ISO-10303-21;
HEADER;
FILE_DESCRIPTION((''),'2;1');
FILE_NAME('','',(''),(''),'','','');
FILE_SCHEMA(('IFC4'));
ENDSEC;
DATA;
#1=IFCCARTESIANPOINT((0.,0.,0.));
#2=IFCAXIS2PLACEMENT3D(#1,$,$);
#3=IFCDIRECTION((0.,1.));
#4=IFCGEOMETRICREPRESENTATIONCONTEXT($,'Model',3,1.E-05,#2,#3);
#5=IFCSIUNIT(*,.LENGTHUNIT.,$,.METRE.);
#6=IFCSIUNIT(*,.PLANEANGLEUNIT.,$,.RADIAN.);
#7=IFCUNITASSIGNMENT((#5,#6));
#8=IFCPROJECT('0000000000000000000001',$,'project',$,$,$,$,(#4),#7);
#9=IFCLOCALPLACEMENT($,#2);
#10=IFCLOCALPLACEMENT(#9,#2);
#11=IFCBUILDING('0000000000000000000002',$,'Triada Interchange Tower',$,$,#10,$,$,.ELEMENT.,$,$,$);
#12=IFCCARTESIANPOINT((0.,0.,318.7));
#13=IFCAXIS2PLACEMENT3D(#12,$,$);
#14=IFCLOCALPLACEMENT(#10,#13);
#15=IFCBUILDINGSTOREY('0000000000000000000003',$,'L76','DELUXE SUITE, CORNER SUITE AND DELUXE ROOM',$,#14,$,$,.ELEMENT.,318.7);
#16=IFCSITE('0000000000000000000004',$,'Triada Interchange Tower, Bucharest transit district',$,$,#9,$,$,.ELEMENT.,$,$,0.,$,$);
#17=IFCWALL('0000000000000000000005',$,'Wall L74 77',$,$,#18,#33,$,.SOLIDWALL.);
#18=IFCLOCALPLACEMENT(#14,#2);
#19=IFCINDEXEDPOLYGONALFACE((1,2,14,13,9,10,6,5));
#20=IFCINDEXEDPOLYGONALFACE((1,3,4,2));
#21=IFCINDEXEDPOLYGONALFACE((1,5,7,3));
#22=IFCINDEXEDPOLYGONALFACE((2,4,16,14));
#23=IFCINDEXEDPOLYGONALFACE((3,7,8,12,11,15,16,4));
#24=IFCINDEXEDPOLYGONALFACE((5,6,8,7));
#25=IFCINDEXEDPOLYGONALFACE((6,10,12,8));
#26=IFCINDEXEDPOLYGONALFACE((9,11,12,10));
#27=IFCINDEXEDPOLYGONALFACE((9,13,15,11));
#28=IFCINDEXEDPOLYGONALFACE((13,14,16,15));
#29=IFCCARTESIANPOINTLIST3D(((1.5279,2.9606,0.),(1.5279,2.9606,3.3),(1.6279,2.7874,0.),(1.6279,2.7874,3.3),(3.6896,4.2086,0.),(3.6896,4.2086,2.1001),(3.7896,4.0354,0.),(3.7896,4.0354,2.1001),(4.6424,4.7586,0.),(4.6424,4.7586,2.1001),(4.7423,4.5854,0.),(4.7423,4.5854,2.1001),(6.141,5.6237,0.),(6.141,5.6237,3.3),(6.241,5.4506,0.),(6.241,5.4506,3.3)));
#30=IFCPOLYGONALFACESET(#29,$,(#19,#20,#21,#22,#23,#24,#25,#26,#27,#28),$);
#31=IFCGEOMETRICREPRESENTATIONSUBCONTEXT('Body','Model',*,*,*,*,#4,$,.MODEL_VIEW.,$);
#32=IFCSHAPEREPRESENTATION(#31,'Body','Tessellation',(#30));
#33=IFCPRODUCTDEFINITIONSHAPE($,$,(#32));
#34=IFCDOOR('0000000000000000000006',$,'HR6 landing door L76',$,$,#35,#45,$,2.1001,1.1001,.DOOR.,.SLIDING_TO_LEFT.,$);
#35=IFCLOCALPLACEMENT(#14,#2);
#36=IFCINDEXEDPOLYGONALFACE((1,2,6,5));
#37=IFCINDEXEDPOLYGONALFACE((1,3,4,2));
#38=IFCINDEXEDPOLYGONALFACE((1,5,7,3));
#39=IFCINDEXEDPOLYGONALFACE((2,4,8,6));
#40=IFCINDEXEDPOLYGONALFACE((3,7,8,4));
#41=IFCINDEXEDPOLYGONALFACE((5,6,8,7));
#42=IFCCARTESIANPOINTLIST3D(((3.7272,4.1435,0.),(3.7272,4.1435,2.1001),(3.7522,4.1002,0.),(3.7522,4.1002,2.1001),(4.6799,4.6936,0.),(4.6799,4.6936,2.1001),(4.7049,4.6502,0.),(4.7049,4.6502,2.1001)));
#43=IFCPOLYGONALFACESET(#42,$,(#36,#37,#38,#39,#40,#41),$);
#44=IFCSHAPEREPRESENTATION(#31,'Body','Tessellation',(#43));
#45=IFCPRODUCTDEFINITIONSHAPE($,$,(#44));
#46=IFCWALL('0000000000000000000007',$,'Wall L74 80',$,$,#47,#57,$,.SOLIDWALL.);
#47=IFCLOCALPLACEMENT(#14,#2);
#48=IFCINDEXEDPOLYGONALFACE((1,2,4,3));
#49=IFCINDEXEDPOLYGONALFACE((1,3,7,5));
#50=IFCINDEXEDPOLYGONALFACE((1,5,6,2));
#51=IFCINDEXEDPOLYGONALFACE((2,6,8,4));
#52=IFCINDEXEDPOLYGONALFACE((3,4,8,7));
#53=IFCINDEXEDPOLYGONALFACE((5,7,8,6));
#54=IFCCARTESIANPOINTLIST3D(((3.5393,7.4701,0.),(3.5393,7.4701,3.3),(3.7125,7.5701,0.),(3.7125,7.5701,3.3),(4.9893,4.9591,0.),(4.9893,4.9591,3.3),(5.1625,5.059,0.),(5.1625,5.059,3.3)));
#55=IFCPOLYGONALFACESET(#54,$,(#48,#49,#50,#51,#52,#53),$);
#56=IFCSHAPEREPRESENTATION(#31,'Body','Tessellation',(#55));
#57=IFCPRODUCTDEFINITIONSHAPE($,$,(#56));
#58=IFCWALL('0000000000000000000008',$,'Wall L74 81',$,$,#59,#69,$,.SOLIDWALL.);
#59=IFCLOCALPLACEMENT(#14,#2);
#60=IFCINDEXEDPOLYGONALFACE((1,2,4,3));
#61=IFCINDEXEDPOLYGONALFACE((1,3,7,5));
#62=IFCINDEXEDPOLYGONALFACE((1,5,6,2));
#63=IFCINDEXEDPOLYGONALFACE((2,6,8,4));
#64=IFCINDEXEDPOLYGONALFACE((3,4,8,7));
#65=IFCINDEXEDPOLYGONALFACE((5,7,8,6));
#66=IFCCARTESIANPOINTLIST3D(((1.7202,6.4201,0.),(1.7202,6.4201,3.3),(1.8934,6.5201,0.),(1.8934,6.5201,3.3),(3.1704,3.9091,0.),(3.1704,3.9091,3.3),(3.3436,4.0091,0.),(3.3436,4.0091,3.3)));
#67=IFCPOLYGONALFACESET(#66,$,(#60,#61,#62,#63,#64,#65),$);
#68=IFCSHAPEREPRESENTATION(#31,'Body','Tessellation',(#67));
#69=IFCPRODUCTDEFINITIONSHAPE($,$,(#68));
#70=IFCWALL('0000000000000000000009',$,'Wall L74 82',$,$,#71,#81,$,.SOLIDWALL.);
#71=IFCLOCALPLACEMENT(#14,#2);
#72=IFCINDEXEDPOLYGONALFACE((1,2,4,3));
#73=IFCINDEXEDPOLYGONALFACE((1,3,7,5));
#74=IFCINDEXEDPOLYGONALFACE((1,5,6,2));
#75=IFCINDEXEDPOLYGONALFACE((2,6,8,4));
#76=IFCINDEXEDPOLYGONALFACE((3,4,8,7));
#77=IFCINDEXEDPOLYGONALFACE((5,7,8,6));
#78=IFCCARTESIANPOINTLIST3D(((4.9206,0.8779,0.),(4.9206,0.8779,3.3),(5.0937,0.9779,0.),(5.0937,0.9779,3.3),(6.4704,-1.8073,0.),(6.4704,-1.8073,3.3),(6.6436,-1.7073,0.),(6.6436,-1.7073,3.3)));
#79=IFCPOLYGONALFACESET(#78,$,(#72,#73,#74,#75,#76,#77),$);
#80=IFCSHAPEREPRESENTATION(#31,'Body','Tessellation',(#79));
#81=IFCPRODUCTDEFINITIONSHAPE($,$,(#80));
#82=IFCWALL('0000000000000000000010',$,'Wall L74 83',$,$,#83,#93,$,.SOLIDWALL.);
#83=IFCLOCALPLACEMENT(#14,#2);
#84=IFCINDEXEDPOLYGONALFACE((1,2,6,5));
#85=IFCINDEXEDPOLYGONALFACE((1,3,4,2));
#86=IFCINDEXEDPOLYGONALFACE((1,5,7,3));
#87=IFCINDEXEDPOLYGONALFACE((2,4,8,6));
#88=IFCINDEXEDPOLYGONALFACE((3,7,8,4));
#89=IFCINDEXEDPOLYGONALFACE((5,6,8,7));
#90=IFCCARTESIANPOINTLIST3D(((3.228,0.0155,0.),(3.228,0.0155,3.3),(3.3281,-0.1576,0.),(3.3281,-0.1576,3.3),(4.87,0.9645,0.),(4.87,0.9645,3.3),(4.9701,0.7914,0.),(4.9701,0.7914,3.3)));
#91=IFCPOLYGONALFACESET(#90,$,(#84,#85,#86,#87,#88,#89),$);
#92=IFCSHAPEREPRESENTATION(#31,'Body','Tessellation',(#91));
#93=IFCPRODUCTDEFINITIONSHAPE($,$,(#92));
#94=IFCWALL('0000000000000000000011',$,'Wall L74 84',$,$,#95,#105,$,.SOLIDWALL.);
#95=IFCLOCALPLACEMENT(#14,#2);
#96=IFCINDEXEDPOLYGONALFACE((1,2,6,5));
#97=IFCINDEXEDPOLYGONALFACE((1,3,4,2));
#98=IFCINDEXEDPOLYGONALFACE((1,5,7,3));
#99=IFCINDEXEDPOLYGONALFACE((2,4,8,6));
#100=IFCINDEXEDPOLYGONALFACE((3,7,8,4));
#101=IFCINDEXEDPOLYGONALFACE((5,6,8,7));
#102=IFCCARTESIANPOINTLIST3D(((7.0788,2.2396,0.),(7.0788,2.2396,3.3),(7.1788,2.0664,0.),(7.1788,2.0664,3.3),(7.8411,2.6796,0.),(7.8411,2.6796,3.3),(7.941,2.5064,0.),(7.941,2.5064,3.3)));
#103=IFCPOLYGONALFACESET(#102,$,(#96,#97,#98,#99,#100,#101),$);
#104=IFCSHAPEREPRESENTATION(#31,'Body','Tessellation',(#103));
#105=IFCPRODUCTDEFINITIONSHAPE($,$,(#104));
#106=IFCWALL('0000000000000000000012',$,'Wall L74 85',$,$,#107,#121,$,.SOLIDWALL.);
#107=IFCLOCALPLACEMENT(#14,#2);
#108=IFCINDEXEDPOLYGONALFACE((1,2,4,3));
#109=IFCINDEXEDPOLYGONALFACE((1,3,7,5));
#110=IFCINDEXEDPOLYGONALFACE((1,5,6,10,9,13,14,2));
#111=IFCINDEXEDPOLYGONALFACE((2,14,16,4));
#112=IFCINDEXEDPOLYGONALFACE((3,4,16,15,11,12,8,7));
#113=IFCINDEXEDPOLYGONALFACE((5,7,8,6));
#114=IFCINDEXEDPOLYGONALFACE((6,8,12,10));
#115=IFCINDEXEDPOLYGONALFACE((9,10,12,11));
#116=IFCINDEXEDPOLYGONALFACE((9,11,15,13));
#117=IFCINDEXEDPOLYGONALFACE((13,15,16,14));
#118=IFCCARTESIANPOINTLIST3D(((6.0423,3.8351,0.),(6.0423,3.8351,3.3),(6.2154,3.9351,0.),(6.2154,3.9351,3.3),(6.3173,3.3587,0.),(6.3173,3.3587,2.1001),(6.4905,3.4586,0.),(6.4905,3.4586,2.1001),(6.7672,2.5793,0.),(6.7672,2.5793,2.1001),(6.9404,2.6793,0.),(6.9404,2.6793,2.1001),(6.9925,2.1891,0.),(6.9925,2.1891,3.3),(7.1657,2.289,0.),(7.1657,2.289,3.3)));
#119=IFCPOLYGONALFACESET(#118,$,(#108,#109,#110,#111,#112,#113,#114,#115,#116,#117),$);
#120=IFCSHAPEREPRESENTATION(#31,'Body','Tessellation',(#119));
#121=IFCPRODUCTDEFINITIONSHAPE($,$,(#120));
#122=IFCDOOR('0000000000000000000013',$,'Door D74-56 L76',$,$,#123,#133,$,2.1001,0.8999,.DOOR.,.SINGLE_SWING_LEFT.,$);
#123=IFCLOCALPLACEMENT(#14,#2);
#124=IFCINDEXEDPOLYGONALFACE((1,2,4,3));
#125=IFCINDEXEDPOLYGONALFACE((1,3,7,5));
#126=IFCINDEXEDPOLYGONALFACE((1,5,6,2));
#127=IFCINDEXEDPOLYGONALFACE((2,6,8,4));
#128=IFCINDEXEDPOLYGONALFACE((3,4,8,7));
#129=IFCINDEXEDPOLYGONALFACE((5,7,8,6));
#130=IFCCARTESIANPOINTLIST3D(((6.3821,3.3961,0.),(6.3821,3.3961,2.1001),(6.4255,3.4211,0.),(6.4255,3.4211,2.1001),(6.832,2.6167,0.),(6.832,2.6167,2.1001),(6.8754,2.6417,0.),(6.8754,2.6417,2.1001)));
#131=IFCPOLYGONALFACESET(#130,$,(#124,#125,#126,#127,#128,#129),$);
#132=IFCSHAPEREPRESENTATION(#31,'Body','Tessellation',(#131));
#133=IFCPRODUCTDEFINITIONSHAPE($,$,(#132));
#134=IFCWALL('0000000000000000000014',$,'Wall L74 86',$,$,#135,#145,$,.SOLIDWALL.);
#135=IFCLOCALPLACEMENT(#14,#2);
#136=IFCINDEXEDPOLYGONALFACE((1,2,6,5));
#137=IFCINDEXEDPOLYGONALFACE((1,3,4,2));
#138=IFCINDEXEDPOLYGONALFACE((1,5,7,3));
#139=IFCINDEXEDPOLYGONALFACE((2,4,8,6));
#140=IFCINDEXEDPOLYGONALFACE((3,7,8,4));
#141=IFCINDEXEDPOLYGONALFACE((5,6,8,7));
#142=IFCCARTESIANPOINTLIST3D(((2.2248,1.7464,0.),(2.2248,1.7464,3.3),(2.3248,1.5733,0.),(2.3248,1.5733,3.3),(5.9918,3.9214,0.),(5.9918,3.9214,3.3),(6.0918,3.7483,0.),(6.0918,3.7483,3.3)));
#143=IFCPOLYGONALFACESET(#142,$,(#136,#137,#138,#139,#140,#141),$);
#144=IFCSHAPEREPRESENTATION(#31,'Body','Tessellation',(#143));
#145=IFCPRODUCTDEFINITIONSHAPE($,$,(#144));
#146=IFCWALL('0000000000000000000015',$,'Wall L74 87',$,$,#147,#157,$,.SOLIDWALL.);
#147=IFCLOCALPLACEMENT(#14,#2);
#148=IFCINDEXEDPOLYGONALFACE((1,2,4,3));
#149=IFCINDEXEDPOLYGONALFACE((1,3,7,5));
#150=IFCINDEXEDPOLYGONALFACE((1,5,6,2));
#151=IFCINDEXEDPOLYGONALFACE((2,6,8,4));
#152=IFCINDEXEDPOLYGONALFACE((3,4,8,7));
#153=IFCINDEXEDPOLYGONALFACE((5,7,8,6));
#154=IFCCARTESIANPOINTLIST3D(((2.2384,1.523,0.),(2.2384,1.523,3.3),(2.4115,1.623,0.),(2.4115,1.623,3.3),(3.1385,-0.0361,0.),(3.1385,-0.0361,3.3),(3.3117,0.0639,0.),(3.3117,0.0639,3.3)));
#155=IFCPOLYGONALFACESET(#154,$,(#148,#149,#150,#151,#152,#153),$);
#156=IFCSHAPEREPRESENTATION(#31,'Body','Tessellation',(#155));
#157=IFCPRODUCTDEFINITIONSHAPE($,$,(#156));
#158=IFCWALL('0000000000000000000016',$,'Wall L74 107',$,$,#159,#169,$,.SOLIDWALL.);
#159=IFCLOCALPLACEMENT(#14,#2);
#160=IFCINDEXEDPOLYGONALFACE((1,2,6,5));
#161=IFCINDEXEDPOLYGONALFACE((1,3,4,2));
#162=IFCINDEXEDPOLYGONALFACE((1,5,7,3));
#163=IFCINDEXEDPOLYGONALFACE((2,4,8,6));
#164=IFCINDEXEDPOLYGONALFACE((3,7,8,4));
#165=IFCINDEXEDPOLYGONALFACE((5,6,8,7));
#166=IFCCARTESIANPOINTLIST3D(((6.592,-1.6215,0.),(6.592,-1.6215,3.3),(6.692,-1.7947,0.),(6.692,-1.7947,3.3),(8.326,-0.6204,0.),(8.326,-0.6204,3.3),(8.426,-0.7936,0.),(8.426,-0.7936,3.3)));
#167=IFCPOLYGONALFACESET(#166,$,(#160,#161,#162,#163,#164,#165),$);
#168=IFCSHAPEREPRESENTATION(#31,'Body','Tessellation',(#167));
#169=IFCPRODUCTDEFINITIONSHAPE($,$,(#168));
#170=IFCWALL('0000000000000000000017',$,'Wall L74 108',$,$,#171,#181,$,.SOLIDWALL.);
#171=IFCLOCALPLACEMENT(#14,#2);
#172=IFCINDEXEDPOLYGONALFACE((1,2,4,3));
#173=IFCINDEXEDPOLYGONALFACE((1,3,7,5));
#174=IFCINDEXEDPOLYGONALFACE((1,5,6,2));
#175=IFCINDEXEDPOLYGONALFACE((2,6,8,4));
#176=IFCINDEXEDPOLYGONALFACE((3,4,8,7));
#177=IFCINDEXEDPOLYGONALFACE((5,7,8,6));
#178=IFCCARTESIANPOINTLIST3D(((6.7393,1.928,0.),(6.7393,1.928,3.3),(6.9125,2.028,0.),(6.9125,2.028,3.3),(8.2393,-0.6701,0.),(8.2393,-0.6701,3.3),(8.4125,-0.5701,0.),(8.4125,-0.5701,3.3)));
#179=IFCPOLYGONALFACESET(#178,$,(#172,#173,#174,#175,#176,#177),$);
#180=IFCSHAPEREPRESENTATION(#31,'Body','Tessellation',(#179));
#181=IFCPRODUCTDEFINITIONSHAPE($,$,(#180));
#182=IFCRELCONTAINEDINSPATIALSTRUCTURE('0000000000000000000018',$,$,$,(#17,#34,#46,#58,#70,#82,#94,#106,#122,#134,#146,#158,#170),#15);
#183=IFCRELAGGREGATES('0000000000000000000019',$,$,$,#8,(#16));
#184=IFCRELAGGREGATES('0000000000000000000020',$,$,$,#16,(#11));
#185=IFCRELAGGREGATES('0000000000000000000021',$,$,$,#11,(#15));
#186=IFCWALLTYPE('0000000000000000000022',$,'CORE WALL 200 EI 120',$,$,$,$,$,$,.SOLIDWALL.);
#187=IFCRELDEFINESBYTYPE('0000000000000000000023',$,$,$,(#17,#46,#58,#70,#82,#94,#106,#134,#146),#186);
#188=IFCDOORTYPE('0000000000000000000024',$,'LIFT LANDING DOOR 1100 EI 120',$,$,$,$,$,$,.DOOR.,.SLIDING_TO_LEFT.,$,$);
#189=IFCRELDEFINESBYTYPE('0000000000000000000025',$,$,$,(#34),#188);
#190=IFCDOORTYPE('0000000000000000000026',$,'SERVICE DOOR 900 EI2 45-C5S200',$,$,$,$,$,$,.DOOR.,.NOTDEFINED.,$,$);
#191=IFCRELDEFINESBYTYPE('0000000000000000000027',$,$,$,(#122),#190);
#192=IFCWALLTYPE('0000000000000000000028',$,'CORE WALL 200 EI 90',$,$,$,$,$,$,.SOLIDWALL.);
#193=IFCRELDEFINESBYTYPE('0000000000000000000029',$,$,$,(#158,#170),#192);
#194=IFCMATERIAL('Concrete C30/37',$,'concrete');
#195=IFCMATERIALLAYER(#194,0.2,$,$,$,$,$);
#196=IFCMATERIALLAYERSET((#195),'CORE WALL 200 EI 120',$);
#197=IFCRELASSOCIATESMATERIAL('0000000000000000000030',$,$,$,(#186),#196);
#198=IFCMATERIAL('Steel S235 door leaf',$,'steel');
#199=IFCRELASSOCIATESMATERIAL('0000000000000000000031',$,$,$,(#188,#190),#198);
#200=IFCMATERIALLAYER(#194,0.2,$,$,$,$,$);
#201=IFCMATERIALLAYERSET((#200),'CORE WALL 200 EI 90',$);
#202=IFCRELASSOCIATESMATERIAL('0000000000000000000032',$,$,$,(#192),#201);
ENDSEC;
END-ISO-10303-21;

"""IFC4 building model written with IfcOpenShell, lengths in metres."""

from ifc_helpers import new_model, si_unit, direction, frame, frame_2d, origin, place, context, subcontext, project, spatial, rectangle, extrude, material, layer, layer_set, type_object, element, fill, save


model = new_model("IFC4")

# Units and contexts
model_context = context("Model", 3, precision=1e-05, world=origin(), true_north=direction((0.0, 1.0)))
body_context = subcontext(model_context, "Body", "Model", "MODEL_VIEW")
ifc_project = project(units=[si_unit("LENGTHUNIT", "METRE"), si_unit("PLANEANGLEUNIT", "RADIAN")], contexts=[model_context])

# Site, building, storey
site_placement = place(None, origin())
site = spatial("IfcSite", under=ifc_project, at=site_placement, Name="Triada Interchange Tower, Bucharest transit district", CompositionType="ELEMENT", RefElevation=0.0)
building_placement = place(site_placement, origin())
building = spatial("IfcBuilding", under=site, at=building_placement, Name="Triada Interchange Tower", CompositionType="ELEMENT")
storey_placement = place(building_placement, frame((0.0, 0.0, 318.7)))
storey = spatial("IfcBuildingStorey", under=building, at=storey_placement, Name="L76", Description="DELUXE SUITE, CORNER SUITE AND DELUXE ROOM", CompositionType="ELEMENT", Elevation=318.7)

# Shared definitions
ifc_material_1 = material(Name="Concrete C30/37", Category="concrete")
ifc_layer_1 = layer(ifc_material_1, 0.2)
ifc_layer_set_1 = layer_set([ifc_layer_1], Name="CORE WALL 200 EI 120")
wall_type_1 = type_object("IfcWallType", Name="CORE WALL 200 EI 120", PredefinedType="SOLIDWALL", material=ifc_layer_set_1)
ifc_material_2 = material(Name="Steel S235 door leaf", Category="steel")
door_type_1 = type_object("IfcDoorType", Name="LIFT LANDING DOOR 1100 EI 120", OperationType="SLIDING_TO_LEFT", PredefinedType="DOOR", material=ifc_material_2)

# Wall, opening, door
wall_1_placement = place(storey_placement, frame((1.5779, 2.874, 0.0), z_axis=(0.0, 0.0, 1.0), x_axis=(0.866046, 0.499964, 0.0)))
wall_1 = element("IfcWall", 1, at=wall_1_placement, inside=storey, type_object=wall_type_1, Name="Wall L74 77", PredefinedType="SOLIDWALL", context=body_context, shape_type="SweptSolid", body=[
    extrude(rectangle(XDim=5.3267, YDim=0.2, at=frame_2d((2.6633, 0.0))), origin(), (0.0, 0.0, 1.0), 3.3),
])
opening_1_placement = place(wall_1_placement, frame((2.4961, 0.0, 0.0)))
opening_1 = element("IfcOpeningElement", 2, at=opening_1_placement, cuts=wall_1, PredefinedType="OPENING", context=body_context, shape_type="SweptSolid", body=[
    extrude(rectangle(XDim=1.1001, YDim=2.1001, at=frame_2d((0.55, 1.05))), frame((0.0, 0.1099, 0.0), z_axis=(0.0, -1.0, 0.0), x_axis=(1.0, 0.0, 0.0)), (0.0, 0.0, 1.0), 0.22),
])
door_1_placement = place(opening_1_placement, origin())
door_1 = element("IfcDoor", 3, at=door_1_placement, inside=storey, type_object=door_type_1, Name="HR6 landing door L76", OperationType="SLIDING_TO_LEFT", OverallHeight=2.1001, OverallWidth=1.1001, PredefinedType="DOOR", context=body_context, shape_type="SweptSolid", body=[
    extrude(rectangle(XDim=1.1001, YDim=2.1001, at=frame_2d((0.55, 1.05))), frame((0.0, 0.0249, 0.0), z_axis=(0.0, -1.0, 0.0), x_axis=(1.0, 0.0, 0.0)), (0.0, 0.0, 1.0), 0.05),
])
fill(opening_1, door_1)

# Walls
for number, where, z_axis, x_axis, name in (
    (4, (3.626, 7.52, 0.0), (0.0, 0.0, 1.0), (0.50006, -0.865991, 0.0), "Wall L74 80"),
    (5, (1.8069, 6.47, 0.0), (0.0, 0.0, 1.0), (0.500123, -0.865954, 0.0), "Wall L74 81"),
):
    element("IfcWall", number, at=place(storey_placement, frame(where, z_axis=z_axis, x_axis=x_axis)), inside=storey, type_object=wall_type_1, Name=name, PredefinedType="SOLIDWALL", context=body_context, shape_type="SweptSolid", body=[
        extrude(rectangle(XDim=2.8997, YDim=0.2, at=frame_2d((1.4497, 0.0))), origin(), (0.0, 0.0, 1.0), 3.3),
    ])
wall_2_placement = place(storey_placement, frame((5.0071, 0.928, 0.0), z_axis=(0.0, 0.0, 1.0), x_axis=(0.4999, -0.866083, 0.0)))
element("IfcWall", 6, at=wall_2_placement, inside=storey, type_object=wall_type_1, Name="Wall L74 82", PredefinedType="SOLIDWALL", context=body_context, shape_type="SweptSolid", body=[
    extrude(rectangle(XDim=3.1003, YDim=0.2, at=frame_2d((1.5503, 0.0))), origin(), (0.0, 0.0, 1.0), 3.3),
])
wall_3_placement = place(storey_placement, frame((3.2781, -0.071, 0.0), z_axis=(0.0, 0.0, 1.0), x_axis=(0.865785, 0.500417, 0.0)))
element("IfcWall", 7, at=wall_3_placement, inside=storey, type_object=wall_type_1, Name="Wall L74 83", PredefinedType="SOLIDWALL", context=body_context, shape_type="SweptSolid", body=[
    extrude(rectangle(XDim=1.8965, YDim=0.2, at=frame_2d((0.9482, 0.0))), origin(), (0.0, 0.0, 1.0), 3.3),
])
wall_4_placement = place(storey_placement, frame((7.1289, 2.1531, 0.0), z_axis=(0.0, 0.0, 1.0), x_axis=(0.866084, 0.499899, 0.0)))
element("IfcWall", 8, at=wall_4_placement, inside=storey, type_object=wall_type_1, Name="Wall L74 84", PredefinedType="SOLIDWALL", context=body_context, shape_type="SweptSolid", body=[
    extrude(rectangle(XDim=0.8801, YDim=0.2, at=frame_2d((0.4399, 0.0))), origin(), (0.0, 0.0, 1.0), 3.3),
])

# Wall, opening, door
wall_5_placement = place(storey_placement, frame((6.1289, 3.885, 0.0), z_axis=(0.0, 0.0, 1.0), x_axis=(0.499952, -0.866053, 0.0)))
wall_5 = element("IfcWall", 9, at=wall_5_placement, inside=storey, type_object=wall_type_1, Name="Wall L74 85", PredefinedType="SOLIDWALL", context=body_context, shape_type="SweptSolid", body=[
    extrude(rectangle(XDim=1.9006, YDim=0.2, at=frame_2d((0.9502, 0.0))), origin(), (0.0, 0.0, 1.0), 3.3),
])
opening_2_placement = place(wall_5_placement, frame((0.55, 0.0, 0.0)))
opening_2 = element("IfcOpeningElement", 10, at=opening_2_placement, cuts=wall_5, PredefinedType="OPENING", context=body_context, shape_type="SweptSolid", body=[
    extrude(rectangle(XDim=0.8999, YDim=2.1001, at=frame_2d((0.45, 1.05))), frame((0.0, 0.1099, 0.0), z_axis=(0.0, -1.0, 0.0), x_axis=(1.0, 0.0, 0.0)), (0.0, 0.0, 1.0), 0.22),
])
door_type_2 = type_object("IfcDoorType", Name="SERVICE DOOR 900 EI2 45-C5S200", OperationType="NOTDEFINED", PredefinedType="DOOR", material=ifc_material_2)
door_2_placement = place(opening_2_placement, origin())
door_2 = element("IfcDoor", 11, at=door_2_placement, inside=storey, type_object=door_type_2, Name="Door D74-56 L76", OperationType="SINGLE_SWING_LEFT", OverallHeight=2.1001, OverallWidth=0.8999, PredefinedType="DOOR", context=body_context, shape_type="SweptSolid", body=[
    extrude(rectangle(XDim=0.8999, YDim=2.1001, at=frame_2d((0.45, 1.05))), frame((0.0, 0.0249, 0.0), z_axis=(0.0, -1.0, 0.0), x_axis=(1.0, 0.0, 0.0)), (0.0, 0.0, 1.0), 0.05),
])
fill(opening_2, door_2)

# Walls
wall_6_placement = place(storey_placement, frame((2.2749, 1.6599, 0.0), z_axis=(0.0, 0.0, 1.0), x_axis=(0.866014, 0.50002, 0.0)))
element("IfcWall", 12, at=wall_6_placement, inside=storey, type_object=wall_type_1, Name="Wall L74 86", PredefinedType="SOLIDWALL", context=body_context, shape_type="SweptSolid", body=[
    extrude(rectangle(XDim=4.3499, YDim=0.2, at=frame_2d((2.1748, 0.0))), origin(), (0.0, 0.0, 1.0), 3.3),
])
wall_7_placement = place(storey_placement, frame((2.325, 1.573, 0.0), z_axis=(0.0, 0.0, 1.0), x_axis=(0.500004, -0.866023, 0.0)))
element("IfcWall", 13, at=wall_7_placement, inside=storey, type_object=wall_type_1, Name="Wall L74 87", PredefinedType="SOLIDWALL", context=body_context, shape_type="SweptSolid", body=[
    extrude(rectangle(XDim=1.8003, YDim=0.2, at=frame_2d((0.9001, 0.0))), origin(), (0.0, 0.0, 1.0), 3.3),
])
ifc_layer_2 = layer(ifc_material_1, 0.2)
ifc_layer_set_2 = layer_set([ifc_layer_2], Name="CORE WALL 200 EI 90")
wall_type_2 = type_object("IfcWallType", Name="CORE WALL 200 EI 90", PredefinedType="SOLIDWALL", material=ifc_layer_set_2)
wall_8_placement = place(storey_placement, frame((6.6421, -1.708, 0.0), z_axis=(0.0, 0.0, 1.0), x_axis=(0.866043, 0.499969, 0.0)))
element("IfcWall", 14, at=wall_8_placement, inside=storey, type_object=wall_type_2, Name="Wall L74 107", PredefinedType="SOLIDWALL", context=body_context, shape_type="SweptSolid", body=[
    extrude(rectangle(XDim=2.0022, YDim=0.2, at=frame_2d((1.001, 0.0))), origin(), (0.0, 0.0, 1.0), 3.3),
])
wall_9_placement = place(storey_placement, frame((6.8259, 1.978, 0.0), z_axis=(0.0, 0.0, 1.0), x_axis=(0.49999, -0.866031, 0.0)))
element("IfcWall", 15, at=wall_9_placement, inside=storey, type_object=wall_type_2, Name="Wall L74 108", PredefinedType="SOLIDWALL", context=body_context, shape_type="SweptSolid", body=[
    extrude(rectangle(XDim=3.0, YDim=0.2, at=frame_2d((1.5, 0.0))), origin(), (0.0, 0.0, 1.0), 3.3),
])

save(model, "model.ifc")
